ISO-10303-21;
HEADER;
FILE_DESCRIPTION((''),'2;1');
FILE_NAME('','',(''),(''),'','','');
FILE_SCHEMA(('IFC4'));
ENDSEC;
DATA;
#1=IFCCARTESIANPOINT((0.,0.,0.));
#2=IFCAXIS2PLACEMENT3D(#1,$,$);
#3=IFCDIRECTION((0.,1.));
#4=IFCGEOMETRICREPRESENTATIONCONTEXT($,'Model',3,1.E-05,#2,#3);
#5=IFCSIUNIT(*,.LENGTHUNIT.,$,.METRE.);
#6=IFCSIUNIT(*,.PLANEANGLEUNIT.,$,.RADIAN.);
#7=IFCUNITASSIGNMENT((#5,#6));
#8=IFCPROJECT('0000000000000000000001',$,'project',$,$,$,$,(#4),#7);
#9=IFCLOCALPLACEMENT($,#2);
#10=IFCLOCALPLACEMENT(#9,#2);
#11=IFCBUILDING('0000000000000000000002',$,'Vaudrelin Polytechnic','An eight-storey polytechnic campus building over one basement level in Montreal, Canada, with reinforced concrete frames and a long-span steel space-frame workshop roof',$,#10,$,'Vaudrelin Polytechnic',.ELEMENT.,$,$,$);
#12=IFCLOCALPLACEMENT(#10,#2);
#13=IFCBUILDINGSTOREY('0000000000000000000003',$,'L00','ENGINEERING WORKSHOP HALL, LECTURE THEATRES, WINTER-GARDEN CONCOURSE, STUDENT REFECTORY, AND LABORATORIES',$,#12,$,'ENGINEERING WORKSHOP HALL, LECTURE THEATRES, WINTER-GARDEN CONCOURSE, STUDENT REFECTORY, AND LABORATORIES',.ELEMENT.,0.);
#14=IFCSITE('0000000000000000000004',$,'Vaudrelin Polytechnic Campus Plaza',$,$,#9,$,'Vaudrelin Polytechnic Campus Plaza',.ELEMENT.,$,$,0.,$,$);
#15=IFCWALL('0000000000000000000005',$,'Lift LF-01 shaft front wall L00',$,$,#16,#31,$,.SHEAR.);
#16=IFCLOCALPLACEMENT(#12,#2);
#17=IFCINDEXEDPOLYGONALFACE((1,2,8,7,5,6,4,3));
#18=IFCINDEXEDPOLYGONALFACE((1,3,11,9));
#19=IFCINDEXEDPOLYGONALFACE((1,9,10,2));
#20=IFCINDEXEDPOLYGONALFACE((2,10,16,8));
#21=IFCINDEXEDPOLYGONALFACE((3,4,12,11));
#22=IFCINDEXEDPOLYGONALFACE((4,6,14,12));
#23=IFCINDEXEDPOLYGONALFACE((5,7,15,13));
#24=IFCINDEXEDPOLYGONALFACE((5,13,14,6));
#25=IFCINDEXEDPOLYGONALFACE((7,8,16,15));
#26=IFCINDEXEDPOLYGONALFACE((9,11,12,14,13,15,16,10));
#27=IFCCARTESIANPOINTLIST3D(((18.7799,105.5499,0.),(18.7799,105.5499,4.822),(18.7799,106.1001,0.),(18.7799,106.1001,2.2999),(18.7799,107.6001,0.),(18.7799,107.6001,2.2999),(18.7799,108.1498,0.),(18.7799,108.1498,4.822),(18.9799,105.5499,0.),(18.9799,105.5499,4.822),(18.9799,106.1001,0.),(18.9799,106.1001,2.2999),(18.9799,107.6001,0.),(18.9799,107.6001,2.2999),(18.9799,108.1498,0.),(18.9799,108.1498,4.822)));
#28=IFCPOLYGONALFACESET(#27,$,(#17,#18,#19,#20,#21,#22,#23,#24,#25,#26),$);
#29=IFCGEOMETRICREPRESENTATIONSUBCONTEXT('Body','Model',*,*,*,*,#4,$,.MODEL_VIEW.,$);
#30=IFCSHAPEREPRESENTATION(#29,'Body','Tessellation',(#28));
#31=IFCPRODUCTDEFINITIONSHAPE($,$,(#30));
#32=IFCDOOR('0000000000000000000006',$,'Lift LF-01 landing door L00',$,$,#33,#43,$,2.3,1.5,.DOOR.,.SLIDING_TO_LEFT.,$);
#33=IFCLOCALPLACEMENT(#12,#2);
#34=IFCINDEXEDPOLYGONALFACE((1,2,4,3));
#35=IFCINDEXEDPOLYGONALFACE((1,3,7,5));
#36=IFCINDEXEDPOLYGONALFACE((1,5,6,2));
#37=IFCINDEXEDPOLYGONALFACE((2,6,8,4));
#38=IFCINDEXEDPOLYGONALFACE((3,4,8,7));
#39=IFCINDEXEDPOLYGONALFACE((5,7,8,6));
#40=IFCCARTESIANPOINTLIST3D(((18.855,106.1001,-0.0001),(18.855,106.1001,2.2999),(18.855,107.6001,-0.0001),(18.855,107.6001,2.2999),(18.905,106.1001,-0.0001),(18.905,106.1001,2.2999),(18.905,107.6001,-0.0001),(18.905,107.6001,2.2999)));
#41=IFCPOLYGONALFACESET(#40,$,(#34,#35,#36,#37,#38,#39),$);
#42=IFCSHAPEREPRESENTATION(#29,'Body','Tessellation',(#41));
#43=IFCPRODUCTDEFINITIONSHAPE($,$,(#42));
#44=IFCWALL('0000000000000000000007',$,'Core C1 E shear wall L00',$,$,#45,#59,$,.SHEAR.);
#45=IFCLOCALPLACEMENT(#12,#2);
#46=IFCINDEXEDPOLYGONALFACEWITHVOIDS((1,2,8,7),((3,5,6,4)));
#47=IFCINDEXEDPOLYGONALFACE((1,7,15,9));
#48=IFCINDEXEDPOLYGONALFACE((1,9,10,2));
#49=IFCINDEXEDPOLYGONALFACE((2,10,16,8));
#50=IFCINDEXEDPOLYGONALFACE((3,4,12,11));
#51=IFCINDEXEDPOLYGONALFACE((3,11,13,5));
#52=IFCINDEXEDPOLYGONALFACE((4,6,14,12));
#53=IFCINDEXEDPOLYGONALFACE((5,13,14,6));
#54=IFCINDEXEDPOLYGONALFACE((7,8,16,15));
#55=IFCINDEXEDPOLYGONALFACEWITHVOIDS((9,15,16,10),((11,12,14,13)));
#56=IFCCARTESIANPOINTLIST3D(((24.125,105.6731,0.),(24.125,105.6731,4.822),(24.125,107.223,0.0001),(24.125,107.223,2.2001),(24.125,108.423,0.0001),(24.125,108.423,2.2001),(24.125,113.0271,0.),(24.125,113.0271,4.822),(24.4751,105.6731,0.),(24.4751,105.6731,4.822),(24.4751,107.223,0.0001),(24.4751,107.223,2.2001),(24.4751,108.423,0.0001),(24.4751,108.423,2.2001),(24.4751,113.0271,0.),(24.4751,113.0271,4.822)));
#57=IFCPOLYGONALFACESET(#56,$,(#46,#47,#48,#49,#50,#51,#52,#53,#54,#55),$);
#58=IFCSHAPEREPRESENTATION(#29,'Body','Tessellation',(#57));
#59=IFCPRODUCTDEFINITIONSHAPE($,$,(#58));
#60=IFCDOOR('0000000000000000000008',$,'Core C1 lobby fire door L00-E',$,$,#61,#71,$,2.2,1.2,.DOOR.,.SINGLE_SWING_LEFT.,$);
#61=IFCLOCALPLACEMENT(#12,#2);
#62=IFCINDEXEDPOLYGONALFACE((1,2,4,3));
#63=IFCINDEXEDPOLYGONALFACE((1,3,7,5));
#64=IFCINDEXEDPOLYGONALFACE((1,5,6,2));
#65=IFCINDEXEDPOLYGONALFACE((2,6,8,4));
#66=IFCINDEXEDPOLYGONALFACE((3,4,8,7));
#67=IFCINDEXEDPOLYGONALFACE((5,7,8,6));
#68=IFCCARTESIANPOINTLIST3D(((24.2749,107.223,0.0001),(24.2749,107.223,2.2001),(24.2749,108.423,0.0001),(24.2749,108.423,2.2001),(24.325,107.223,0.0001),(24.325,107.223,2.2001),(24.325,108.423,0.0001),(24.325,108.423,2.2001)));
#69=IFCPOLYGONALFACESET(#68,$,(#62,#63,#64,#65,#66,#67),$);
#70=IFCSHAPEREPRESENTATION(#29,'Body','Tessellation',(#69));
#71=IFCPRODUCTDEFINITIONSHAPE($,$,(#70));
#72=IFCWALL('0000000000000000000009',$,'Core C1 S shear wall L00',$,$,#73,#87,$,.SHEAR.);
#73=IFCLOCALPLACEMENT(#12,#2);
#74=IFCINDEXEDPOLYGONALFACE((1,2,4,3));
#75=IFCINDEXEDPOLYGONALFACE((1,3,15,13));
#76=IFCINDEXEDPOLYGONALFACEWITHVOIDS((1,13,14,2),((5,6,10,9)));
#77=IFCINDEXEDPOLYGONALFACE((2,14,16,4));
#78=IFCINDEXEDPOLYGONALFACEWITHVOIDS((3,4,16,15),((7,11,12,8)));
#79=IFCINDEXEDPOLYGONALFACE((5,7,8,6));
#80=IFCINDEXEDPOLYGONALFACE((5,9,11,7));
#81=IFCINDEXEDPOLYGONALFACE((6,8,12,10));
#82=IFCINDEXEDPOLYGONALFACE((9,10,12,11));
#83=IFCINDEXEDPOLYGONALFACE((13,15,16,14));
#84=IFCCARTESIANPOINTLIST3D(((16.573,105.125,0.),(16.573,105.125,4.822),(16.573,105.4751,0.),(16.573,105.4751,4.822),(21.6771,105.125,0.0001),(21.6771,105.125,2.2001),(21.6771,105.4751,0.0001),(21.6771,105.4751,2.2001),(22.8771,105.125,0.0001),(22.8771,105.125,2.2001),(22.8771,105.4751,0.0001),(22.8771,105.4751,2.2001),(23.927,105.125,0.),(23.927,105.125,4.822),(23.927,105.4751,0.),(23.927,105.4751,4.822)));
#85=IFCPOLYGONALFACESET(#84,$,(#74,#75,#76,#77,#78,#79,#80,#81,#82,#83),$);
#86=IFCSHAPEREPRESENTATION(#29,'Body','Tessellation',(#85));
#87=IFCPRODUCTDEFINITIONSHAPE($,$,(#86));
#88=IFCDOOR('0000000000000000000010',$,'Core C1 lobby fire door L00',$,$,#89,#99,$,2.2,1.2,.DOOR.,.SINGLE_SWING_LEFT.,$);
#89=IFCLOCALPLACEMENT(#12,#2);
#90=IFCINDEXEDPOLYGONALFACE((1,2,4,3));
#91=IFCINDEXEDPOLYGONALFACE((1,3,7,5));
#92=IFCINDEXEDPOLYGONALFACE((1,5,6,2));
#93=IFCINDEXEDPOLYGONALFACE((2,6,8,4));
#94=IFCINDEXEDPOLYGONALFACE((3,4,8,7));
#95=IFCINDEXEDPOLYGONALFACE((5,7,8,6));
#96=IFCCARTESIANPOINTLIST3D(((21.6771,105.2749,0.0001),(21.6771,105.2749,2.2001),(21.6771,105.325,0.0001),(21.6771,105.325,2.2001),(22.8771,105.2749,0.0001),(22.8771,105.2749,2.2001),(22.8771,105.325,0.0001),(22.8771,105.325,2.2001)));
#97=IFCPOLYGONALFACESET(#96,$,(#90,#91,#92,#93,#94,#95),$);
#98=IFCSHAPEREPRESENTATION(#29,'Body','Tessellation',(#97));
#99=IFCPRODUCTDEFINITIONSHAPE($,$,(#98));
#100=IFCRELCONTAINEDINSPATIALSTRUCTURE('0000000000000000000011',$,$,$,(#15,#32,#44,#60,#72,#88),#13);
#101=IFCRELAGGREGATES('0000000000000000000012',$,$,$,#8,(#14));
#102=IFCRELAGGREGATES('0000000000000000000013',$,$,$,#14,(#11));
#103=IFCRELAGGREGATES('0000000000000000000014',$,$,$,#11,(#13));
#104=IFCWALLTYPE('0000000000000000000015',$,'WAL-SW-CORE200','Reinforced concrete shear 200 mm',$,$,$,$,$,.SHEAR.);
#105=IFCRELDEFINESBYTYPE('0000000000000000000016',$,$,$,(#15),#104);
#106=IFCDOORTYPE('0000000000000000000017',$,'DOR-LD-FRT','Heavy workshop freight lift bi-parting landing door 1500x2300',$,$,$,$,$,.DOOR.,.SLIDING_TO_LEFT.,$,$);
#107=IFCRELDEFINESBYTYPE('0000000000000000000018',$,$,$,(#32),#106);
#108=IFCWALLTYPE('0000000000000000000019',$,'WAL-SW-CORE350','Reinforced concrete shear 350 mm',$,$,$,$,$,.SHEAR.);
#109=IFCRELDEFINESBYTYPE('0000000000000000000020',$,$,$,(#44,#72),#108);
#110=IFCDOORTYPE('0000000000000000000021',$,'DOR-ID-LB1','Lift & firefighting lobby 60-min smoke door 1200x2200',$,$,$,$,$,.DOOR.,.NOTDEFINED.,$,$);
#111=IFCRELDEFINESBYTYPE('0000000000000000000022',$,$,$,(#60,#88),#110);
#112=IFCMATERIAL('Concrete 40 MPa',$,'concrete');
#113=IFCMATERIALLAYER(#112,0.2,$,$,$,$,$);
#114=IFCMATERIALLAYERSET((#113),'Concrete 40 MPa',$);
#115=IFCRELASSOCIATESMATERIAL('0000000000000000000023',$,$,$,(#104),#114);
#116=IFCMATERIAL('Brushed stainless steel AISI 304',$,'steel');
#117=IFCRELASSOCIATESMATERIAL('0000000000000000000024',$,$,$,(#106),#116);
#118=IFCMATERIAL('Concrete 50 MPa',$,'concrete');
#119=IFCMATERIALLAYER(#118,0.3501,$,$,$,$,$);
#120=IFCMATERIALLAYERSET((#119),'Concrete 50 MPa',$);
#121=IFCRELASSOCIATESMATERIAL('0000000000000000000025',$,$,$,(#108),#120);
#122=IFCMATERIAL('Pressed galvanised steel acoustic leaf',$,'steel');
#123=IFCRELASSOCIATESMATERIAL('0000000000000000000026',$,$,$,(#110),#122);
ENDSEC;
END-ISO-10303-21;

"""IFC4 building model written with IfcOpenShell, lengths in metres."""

from ifc_helpers import new_model, si_unit, direction, frame, frame_2d, origin, place, context, subcontext, project, spatial, rectangle, extrude, material, layer, layer_set, type_object, element, fill, save


model = new_model("IFC4")

# Units and contexts
model_context = context("Model", 3, precision=1e-05, world=origin(), true_north=direction((0.0, 1.0)))
body_context = subcontext(model_context, "Body", "Model", "MODEL_VIEW")
ifc_project = project(units=[si_unit("LENGTHUNIT", "METRE"), si_unit("PLANEANGLEUNIT", "RADIAN")], contexts=[model_context])

# Site, building, storey
site_placement = place(None, origin())
site = spatial("IfcSite", under=ifc_project, at=site_placement, Name="Vaudrelin Polytechnic Campus Plaza", LongName="Vaudrelin Polytechnic Campus Plaza", CompositionType="ELEMENT", RefElevation=0.0)
building_placement = place(site_placement, origin())
building = spatial("IfcBuilding", under=site, at=building_placement, Name="Vaudrelin Polytechnic", Description="An eight-storey polytechnic campus building over one basement level in Montreal, Canada, with reinforced concrete frames and a long-span steel space-frame workshop roof", LongName="Vaudrelin Polytechnic", CompositionType="ELEMENT")
storey_placement = place(building_placement, origin())
storey = spatial("IfcBuildingStorey", under=building, at=storey_placement, Name="L00", Description="ENGINEERING WORKSHOP HALL, LECTURE THEATRES, WINTER-GARDEN CONCOURSE, STUDENT REFECTORY, AND LABORATORIES", LongName="ENGINEERING WORKSHOP HALL, LECTURE THEATRES, WINTER-GARDEN CONCOURSE, STUDENT REFECTORY, AND LABORATORIES", CompositionType="ELEMENT", Elevation=0.0)

# Shared definitions
ifc_material_1 = material(Name="Concrete 50 MPa", Category="concrete")

# Shared definitions
ifc_material_2 = material(Name="Concrete 40 MPa", Category="concrete")

# Walls, openings, doors
ifc_material_3 = material(Name="Pressed galvanised steel acoustic leaf", Category="steel")
ifc_layer_1 = layer(ifc_material_2, 0.2)
ifc_layer_set_1 = layer_set([ifc_layer_1], Name="Concrete 40 MPa")
wall_type_1 = type_object("IfcWallType", Name="WAL-SW-CORE200", Description="Reinforced concrete shear 200 mm", PredefinedType="SHEAR", material=ifc_layer_set_1)
wall_1_placement = place(storey_placement, frame((18.8799, 105.55, 0.0), z_axis=(0.0, 0.0, 1.0), x_axis=(0.0, 1.0, 0.0)))
wall_1 = element("IfcWall", 1, at=wall_1_placement, inside=storey, type_object=wall_type_1, Name="Lift LF-01 shaft front wall L00", PredefinedType="SHEAR", context=body_context, shape_type="SweptSolid", body=[
    extrude(rectangle(XDim=2.5999, YDim=0.2, at=frame_2d((1.2998, 0.0))), origin(), (0.0, 0.0, 1.0), 4.822),
])
opening_1_placement = place(wall_1_placement, frame((0.55, 0.0, 0.0)))
opening_1 = element("IfcOpeningElement", 2, at=opening_1_placement, cuts=wall_1, PredefinedType="OPENING", context=body_context, shape_type="SweptSolid", body=[
    extrude(rectangle(XDim=1.5, YDim=2.3, at=frame_2d((0.75, 1.1499))), frame((0.0, 0.1099, 0.0), z_axis=(0.0, -1.0, 0.0), x_axis=(1.0, 0.0, 0.0)), (0.0, 0.0, 1.0), 0.22),
])
ifc_material_4 = material(Name="Brushed stainless steel AISI 304", Category="steel")
door_type_1 = type_object("IfcDoorType", Name="DOR-LD-FRT", Description="Heavy workshop freight lift bi-parting landing door 1500x2300", OperationType="SLIDING_TO_LEFT", PredefinedType="DOOR", material=ifc_material_4)
door_1_placement = place(opening_1_placement, origin())
door_1 = element("IfcDoor", 3, at=door_1_placement, inside=storey, type_object=door_type_1, Name="Lift LF-01 landing door L00", OperationType="SLIDING_TO_LEFT", OverallHeight=2.3, OverallWidth=1.5, PredefinedType="DOOR", context=body_context, shape_type="SweptSolid", body=[
    extrude(rectangle(XDim=1.5, YDim=2.3, at=frame_2d((0.75, 1.1499))), frame((0.0, 0.0249, 0.0), z_axis=(0.0, -1.0, 0.0), x_axis=(1.0, 0.0, 0.0)), (0.0, 0.0, 1.0), 0.05),
])
fill(opening_1, door_1)
ifc_layer_2 = layer(ifc_material_1, 0.3501)
ifc_layer_set_2 = layer_set([ifc_layer_2], Name="Concrete 50 MPa")
wall_type_2 = type_object("IfcWallType", Name="WAL-SW-CORE350", Description="Reinforced concrete shear 350 mm", PredefinedType="SHEAR", material=ifc_layer_set_2)
wall_2_placement = place(storey_placement, frame((24.3, 105.6731, 0.0), z_axis=(0.0, 0.0, 1.0), x_axis=(0.0, 1.0, 0.0)))
wall_2 = element("IfcWall", 4, at=wall_2_placement, inside=storey, type_object=wall_type_2, Name="Core C1 E shear wall L00", PredefinedType="SHEAR", context=body_context, shape_type="SweptSolid", body=[
    extrude(rectangle(XDim=7.354, YDim=0.3501, at=frame_2d((3.677, 0.0))), origin(), (0.0, 0.0, 1.0), 4.822),
])
opening_2_placement = place(wall_2_placement, frame((2.75, 0.0, 0.0), z_axis=(0.0, 0.0, 1.0), x_axis=(-1.0, 0.0, 0.0)))
opening_2 = element("IfcOpeningElement", 5, at=opening_2_placement, cuts=wall_2, PredefinedType="OPENING", context=body_context, shape_type="SweptSolid", body=[
    extrude(rectangle(XDim=1.2, YDim=2.2, at=frame_2d((0.6001, 1.1001))), frame((0.0, 0.1851, 0.0), z_axis=(0.0, -1.0, 0.0), x_axis=(1.0, 0.0, 0.0)), (0.0, 0.0, 1.0), 0.3701),
])
door_type_2 = type_object("IfcDoorType", Name="DOR-ID-LB1", Description="Lift & firefighting lobby 60-min smoke door 1200x2200", OperationType="NOTDEFINED", PredefinedType="DOOR", material=ifc_material_3)
door_2_placement = place(opening_2_placement, origin())
door_2 = element("IfcDoor", 6, at=door_2_placement, inside=storey, type_object=door_type_2, Name="Core C1 lobby fire door L00-E", OperationType="SINGLE_SWING_LEFT", OverallHeight=2.2, OverallWidth=1.2, PredefinedType="DOOR", context=body_context, shape_type="SweptSolid", body=[
    extrude(rectangle(XDim=1.2, YDim=2.2, at=frame_2d((0.6001, 1.1001))), frame((0.0, 0.0249, 0.0), z_axis=(0.0, -1.0, 0.0), x_axis=(1.0, 0.0, 0.0)), (0.0, 0.0, 1.0), 0.05),
])
fill(opening_2, door_2)
wall_3_placement = place(storey_placement, frame((16.573, 105.3, 0.0), z_axis=(0.0, 0.0, 1.0), x_axis=(1.0, 0.0, 0.0)))
wall_3 = element("IfcWall", 7, at=wall_3_placement, inside=storey, type_object=wall_type_2, Name="Core C1 S shear wall L00", PredefinedType="SHEAR", context=body_context, shape_type="SweptSolid", body=[
    extrude(rectangle(XDim=7.354, YDim=0.3501, at=frame_2d((3.677, 0.0))), origin(), (0.0, 0.0, 1.0), 4.822),
])
opening_3_placement = place(wall_3_placement, frame((5.104, 0.0, 0.0)))
opening_3 = element("IfcOpeningElement", 8, at=opening_3_placement, cuts=wall_3, PredefinedType="OPENING", context=body_context, shape_type="SweptSolid", body=[
    extrude(rectangle(XDim=1.2, YDim=2.2, at=frame_2d((0.6001, 1.1001))), frame((0.0, 0.1851, 0.0), z_axis=(0.0, -1.0, 0.0), x_axis=(1.0, 0.0, 0.0)), (0.0, 0.0, 1.0), 0.3701),
])
door_3_placement = place(opening_3_placement, origin())
door_3 = element("IfcDoor", 9, at=door_3_placement, inside=storey, type_object=door_type_2, Name="Core C1 lobby fire door L00", OperationType="SINGLE_SWING_LEFT", OverallHeight=2.2, OverallWidth=1.2, PredefinedType="DOOR", context=body_context, shape_type="SweptSolid", body=[
    extrude(rectangle(XDim=1.2, YDim=2.2, at=frame_2d((0.6001, 1.1001))), frame((0.0, 0.0249, 0.0), z_axis=(0.0, -1.0, 0.0), x_axis=(1.0, 0.0, 0.0)), (0.0, 0.0, 1.0), 0.05),
])
fill(opening_3, door_3)

save(model, "model.ifc")
